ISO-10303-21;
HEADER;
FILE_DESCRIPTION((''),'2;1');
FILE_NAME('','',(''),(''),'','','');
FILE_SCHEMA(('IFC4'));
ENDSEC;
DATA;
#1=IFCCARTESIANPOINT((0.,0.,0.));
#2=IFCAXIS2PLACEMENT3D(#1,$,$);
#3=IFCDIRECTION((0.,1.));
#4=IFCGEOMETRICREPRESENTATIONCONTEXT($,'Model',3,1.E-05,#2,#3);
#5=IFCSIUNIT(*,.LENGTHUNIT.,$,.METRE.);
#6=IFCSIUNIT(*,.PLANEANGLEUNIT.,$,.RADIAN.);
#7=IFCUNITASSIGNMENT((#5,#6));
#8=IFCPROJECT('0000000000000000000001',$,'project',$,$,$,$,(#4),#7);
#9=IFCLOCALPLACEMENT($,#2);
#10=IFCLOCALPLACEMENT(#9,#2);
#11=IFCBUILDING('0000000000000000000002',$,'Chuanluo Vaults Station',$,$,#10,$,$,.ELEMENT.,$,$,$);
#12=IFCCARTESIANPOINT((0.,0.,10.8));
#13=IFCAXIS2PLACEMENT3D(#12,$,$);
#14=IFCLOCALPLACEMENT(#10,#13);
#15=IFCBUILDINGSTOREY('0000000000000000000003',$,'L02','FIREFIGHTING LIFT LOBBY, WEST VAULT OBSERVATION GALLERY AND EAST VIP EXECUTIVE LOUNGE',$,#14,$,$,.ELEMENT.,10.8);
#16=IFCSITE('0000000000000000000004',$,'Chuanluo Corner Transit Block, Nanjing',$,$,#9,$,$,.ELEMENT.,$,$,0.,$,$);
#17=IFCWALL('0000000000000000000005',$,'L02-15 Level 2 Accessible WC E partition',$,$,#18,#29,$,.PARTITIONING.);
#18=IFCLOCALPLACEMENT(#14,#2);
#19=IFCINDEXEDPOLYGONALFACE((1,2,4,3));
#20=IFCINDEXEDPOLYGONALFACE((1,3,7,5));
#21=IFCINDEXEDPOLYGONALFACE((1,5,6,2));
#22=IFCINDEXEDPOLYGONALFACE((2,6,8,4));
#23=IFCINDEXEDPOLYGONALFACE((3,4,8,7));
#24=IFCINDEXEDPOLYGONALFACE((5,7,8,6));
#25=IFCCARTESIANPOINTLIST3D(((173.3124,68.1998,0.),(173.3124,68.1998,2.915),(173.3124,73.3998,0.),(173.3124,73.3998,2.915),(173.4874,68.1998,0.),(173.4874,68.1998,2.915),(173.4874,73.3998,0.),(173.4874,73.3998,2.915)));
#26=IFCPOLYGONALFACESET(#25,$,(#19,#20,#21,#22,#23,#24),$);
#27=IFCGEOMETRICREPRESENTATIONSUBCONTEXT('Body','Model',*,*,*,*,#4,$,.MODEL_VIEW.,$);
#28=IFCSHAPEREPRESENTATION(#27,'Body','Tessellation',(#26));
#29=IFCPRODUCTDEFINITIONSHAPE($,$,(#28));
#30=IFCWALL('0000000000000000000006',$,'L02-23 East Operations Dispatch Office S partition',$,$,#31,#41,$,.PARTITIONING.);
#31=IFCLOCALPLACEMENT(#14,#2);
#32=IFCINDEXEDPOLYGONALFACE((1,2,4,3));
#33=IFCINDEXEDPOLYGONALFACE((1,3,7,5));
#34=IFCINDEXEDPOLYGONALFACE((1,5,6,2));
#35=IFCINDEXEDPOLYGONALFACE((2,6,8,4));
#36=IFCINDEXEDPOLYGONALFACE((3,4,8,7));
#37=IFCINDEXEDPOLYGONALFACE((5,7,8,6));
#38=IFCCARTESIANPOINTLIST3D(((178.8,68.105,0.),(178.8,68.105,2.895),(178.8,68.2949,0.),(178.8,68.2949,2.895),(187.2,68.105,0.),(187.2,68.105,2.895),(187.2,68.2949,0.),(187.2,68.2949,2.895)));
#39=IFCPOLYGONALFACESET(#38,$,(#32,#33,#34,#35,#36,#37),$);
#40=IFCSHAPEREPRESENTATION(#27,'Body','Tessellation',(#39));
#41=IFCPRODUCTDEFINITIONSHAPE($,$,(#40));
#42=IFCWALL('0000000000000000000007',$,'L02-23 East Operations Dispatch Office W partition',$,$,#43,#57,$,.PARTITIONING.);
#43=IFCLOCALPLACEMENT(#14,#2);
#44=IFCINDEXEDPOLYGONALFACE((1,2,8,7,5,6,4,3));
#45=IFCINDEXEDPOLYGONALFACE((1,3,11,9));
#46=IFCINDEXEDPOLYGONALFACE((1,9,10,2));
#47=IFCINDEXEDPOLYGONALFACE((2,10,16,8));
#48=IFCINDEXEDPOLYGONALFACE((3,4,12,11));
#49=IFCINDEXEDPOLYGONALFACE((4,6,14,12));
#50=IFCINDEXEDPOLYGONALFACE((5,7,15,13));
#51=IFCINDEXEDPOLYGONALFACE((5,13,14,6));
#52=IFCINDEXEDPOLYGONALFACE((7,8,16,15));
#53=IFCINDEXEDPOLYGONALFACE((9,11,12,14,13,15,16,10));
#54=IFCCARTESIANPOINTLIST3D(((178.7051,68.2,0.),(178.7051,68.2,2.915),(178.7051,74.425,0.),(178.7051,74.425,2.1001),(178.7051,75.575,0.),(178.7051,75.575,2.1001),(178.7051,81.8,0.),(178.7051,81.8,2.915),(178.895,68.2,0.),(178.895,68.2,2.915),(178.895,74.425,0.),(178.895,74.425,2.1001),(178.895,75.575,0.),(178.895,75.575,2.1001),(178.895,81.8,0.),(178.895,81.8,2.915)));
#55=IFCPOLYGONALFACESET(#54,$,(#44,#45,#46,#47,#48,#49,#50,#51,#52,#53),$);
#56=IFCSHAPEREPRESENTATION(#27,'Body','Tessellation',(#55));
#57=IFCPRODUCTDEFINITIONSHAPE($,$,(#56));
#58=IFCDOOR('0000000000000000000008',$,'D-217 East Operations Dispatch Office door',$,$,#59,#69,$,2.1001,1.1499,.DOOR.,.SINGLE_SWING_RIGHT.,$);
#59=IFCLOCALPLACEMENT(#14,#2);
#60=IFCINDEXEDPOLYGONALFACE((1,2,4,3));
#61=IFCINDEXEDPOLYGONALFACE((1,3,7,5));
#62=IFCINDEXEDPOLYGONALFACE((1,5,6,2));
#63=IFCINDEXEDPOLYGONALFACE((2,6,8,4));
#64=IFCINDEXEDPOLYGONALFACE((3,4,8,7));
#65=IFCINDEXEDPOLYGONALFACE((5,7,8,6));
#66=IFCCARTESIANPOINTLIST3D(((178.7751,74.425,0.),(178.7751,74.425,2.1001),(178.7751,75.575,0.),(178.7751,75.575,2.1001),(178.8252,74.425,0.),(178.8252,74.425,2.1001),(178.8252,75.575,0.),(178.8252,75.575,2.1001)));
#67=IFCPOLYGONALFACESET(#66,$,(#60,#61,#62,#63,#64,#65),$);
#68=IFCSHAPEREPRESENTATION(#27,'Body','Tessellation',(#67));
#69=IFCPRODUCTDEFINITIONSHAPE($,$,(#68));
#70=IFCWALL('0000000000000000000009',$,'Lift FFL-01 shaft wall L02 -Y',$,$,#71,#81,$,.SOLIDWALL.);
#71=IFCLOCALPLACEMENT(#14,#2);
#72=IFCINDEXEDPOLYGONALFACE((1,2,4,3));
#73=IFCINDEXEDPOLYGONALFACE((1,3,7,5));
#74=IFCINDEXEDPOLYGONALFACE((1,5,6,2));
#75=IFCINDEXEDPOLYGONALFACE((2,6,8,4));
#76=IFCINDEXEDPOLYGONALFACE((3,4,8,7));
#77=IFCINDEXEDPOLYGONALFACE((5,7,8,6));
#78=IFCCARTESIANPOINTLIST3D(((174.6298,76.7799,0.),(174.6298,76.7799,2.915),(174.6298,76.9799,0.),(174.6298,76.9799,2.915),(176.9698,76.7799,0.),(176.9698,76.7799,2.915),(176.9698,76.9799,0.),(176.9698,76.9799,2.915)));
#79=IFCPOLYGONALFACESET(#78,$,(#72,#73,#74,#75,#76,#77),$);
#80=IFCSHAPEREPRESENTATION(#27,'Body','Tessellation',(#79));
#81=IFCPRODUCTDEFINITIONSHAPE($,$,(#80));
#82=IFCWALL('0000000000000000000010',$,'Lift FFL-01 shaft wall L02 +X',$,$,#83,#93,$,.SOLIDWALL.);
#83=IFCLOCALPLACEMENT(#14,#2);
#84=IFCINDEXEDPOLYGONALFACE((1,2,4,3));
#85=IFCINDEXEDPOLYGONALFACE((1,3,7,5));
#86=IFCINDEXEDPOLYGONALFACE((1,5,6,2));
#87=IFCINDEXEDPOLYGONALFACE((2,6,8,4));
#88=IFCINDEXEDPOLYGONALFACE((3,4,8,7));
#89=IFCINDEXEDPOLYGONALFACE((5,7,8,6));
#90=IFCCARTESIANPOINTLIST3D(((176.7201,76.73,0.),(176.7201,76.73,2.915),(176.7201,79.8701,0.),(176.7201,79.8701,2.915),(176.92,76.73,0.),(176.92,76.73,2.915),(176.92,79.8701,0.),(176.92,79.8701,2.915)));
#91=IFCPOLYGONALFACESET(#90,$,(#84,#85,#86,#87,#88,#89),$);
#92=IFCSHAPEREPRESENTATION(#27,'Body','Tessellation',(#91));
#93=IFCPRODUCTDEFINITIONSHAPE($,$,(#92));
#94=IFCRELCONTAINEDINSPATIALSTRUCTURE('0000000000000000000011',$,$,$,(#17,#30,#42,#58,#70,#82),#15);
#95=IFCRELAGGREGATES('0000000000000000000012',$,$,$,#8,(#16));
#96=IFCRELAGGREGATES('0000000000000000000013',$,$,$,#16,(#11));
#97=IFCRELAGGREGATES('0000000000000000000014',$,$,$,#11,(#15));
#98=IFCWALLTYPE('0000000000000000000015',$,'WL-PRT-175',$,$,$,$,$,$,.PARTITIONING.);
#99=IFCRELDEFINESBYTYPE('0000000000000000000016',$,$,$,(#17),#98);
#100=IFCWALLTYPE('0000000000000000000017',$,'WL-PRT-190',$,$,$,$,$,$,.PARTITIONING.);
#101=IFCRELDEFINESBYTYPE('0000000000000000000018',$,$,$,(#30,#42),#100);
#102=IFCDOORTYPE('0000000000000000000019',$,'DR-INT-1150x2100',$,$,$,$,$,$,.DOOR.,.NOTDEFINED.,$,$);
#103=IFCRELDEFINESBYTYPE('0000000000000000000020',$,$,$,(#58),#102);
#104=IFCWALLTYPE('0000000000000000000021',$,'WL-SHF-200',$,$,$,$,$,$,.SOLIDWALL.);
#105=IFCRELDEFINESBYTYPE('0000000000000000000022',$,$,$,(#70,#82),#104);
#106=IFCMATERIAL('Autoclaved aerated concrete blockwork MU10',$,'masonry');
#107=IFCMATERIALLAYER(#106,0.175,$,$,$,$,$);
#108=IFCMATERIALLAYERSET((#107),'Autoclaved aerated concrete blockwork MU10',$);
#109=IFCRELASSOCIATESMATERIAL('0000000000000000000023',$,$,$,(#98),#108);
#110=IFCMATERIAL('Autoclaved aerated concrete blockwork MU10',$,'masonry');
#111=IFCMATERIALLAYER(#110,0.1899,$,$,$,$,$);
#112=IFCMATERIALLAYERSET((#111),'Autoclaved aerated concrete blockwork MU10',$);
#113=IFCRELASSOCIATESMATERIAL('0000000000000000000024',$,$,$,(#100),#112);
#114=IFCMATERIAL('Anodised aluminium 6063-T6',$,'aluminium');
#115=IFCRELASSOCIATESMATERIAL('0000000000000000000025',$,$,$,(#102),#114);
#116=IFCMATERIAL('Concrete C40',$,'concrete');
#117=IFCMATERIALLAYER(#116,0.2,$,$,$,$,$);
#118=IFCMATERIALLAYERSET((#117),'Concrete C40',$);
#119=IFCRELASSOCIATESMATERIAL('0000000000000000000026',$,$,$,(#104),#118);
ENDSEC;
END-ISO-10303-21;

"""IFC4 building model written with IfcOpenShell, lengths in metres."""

from ifc_helpers import new_model, si_unit, direction, frame, frame_2d, origin, place, context, subcontext, project, spatial, rectangle, extrude, material, layer, layer_set, type_object, element, fill, save


model = new_model("IFC4")

# Units and contexts
model_context = context("Model", 3, precision=1e-05, world=origin(), true_north=direction((0.0, 1.0)))
body_context = subcontext(model_context, "Body", "Model", "MODEL_VIEW")
ifc_project = project(units=[si_unit("LENGTHUNIT", "METRE"), si_unit("PLANEANGLEUNIT", "RADIAN")], contexts=[model_context])

# Site, building, storey
site_placement = place(None, origin())
site = spatial("IfcSite", under=ifc_project, at=site_placement, Name="Chuanluo Corner Transit Block, Nanjing", CompositionType="ELEMENT", RefElevation=0.0)
building_placement = place(site_placement, origin())
building = spatial("IfcBuilding", under=site, at=building_placement, Name="Chuanluo Vaults Station", CompositionType="ELEMENT")
storey_placement = place(building_placement, frame((0.0, 0.0, 10.8)))
storey = spatial("IfcBuildingStorey", under=building, at=storey_placement, Name="L02", Description="FIREFIGHTING LIFT LOBBY, WEST VAULT OBSERVATION GALLERY AND EAST VIP EXECUTIVE LOUNGE", CompositionType="ELEMENT", Elevation=10.8)

# Shared definitions
ifc_material_1 = material(Name="Autoclaved aerated concrete blockwork MU10", Category="masonry")
ifc_layer_1 = layer(ifc_material_1, 0.175)
ifc_layer_set_1 = layer_set([ifc_layer_1], Name="Autoclaved aerated concrete blockwork MU10")
wall_type_1 = type_object("IfcWallType", Name="WL-PRT-175", PredefinedType="PARTITIONING", material=ifc_layer_set_1)

# Walls
wall_1_placement = place(storey_placement, frame((173.3999, 73.3999, 0.0), z_axis=(0.0, 0.0, 1.0), x_axis=(0.0, -1.0, 0.0)))
element("IfcWall", 1, at=wall_1_placement, inside=storey, type_object=wall_type_1, Name="L02-15 Level 2 Accessible WC E partition", PredefinedType="PARTITIONING", context=body_context, shape_type="SweptSolid", body=[
    extrude(rectangle(XDim=5.2, YDim=0.175, at=frame_2d((2.6001, 0.0))), origin(), (0.0, 0.0, 1.0), 2.915),
])
ifc_material_2 = material(Name="Autoclaved aerated concrete blockwork MU10", Category="masonry")
ifc_layer_2 = layer(ifc_material_2, 0.1899)
ifc_layer_set_2 = layer_set([ifc_layer_2], Name="Autoclaved aerated concrete blockwork MU10")
wall_type_2 = type_object("IfcWallType", Name="WL-PRT-190", PredefinedType="PARTITIONING", material=ifc_layer_set_2)
wall_2_placement = place(storey_placement, frame((187.2, 68.2, 0.0), z_axis=(0.0, 0.0, 1.0), x_axis=(-1.0, 0.0, 0.0)))
element("IfcWall", 2, at=wall_2_placement, inside=storey, type_object=wall_type_2, Name="L02-23 East Operations Dispatch Office S partition", PredefinedType="PARTITIONING", context=body_context, shape_type="SweptSolid", body=[
    extrude(rectangle(XDim=8.3999, YDim=0.1899, at=frame_2d((4.2, 0.0))), origin(), (0.0, 0.0, 1.0), 2.895),
])

# Wall, opening, door
wall_3_placement = place(storey_placement, frame((178.8, 68.2, 0.0), z_axis=(0.0, 0.0, 1.0), x_axis=(0.0, 1.0, 0.0)))
wall_3 = element("IfcWall", 3, at=wall_3_placement, inside=storey, type_object=wall_type_2, Name="L02-23 East Operations Dispatch Office W partition", PredefinedType="PARTITIONING", context=body_context, shape_type="SweptSolid", body=[
    extrude(rectangle(XDim=13.6001, YDim=0.1899, at=frame_2d((6.8, 0.0))), origin(), (0.0, 0.0, 1.0), 2.915),
])
opening_1_placement = place(wall_3_placement, frame((6.2251, 0.0, 0.0)))
opening_1 = element("IfcOpeningElement", 4, at=opening_1_placement, cuts=wall_3, PredefinedType="OPENING", context=body_context, shape_type="SweptSolid", body=[
    extrude(rectangle(XDim=1.1499, YDim=2.1001, at=frame_2d((0.575, 1.05))), frame((0.0, 0.105, 0.0), z_axis=(0.0, -1.0, 0.0), x_axis=(1.0, 0.0, 0.0)), (0.0, 0.0, 1.0), 0.2099),
])
ifc_material_3 = material(Name="Anodised aluminium 6063-T6", Category="aluminium")
door_type_1 = type_object("IfcDoorType", Name="DR-INT-1150x2100", OperationType="NOTDEFINED", PredefinedType="DOOR", material=ifc_material_3)
door_1_placement = place(opening_1_placement, origin())
door_1 = element("IfcDoor", 5, at=door_1_placement, inside=storey, type_object=door_type_1, Name="D-217 East Operations Dispatch Office door", OperationType="SINGLE_SWING_RIGHT", OverallHeight=2.1001, OverallWidth=1.1499, PredefinedType="DOOR", context=body_context, shape_type="SweptSolid", body=[
    extrude(rectangle(XDim=1.1499, YDim=2.1001, at=frame_2d((0.575, 1.05))), frame((0.0, 0.0249, 0.0), z_axis=(0.0, -1.0, 0.0), x_axis=(1.0, 0.0, 0.0)), (0.0, 0.0, 1.0), 0.05),
])
fill(opening_1, door_1)

# Walls
ifc_material_4 = material(Name="Concrete C40", Category="concrete")
ifc_layer_3 = layer(ifc_material_4, 0.2)
ifc_layer_set_3 = layer_set([ifc_layer_3], Name="Concrete C40")
wall_type_3 = type_object("IfcWallType", Name="WL-SHF-200", PredefinedType="SOLIDWALL", material=ifc_layer_set_3)
wall_4_placement = place(storey_placement, frame((174.6299, 76.8799, 0.0), z_axis=(0.0, 0.0, 1.0), x_axis=(1.0, 0.0, 0.0)))
element("IfcWall", 6, at=wall_4_placement, inside=storey, type_object=wall_type_3, Name="Lift FFL-01 shaft wall L02 -Y", PredefinedType="SOLIDWALL", context=body_context, shape_type="SweptSolid", body=[
    extrude(rectangle(XDim=2.3401, YDim=0.2, at=frame_2d((1.1699, 0.0))), origin(), (0.0, 0.0, 1.0), 2.915),
])
wall_5_placement = place(storey_placement, frame((176.8201, 76.73, 0.0), z_axis=(0.0, 0.0, 1.0), x_axis=(0.0, 1.0, 0.0)))
element("IfcWall", 7, at=wall_5_placement, inside=storey, type_object=wall_type_3, Name="Lift FFL-01 shaft wall L02 +X", PredefinedType="SOLIDWALL", context=body_context, shape_type="SweptSolid", body=[
    extrude(rectangle(XDim=3.1401, YDim=0.2, at=frame_2d((1.5701, 0.0))), origin(), (0.0, 0.0, 1.0), 2.915),
])

save(model, "model.ifc")
